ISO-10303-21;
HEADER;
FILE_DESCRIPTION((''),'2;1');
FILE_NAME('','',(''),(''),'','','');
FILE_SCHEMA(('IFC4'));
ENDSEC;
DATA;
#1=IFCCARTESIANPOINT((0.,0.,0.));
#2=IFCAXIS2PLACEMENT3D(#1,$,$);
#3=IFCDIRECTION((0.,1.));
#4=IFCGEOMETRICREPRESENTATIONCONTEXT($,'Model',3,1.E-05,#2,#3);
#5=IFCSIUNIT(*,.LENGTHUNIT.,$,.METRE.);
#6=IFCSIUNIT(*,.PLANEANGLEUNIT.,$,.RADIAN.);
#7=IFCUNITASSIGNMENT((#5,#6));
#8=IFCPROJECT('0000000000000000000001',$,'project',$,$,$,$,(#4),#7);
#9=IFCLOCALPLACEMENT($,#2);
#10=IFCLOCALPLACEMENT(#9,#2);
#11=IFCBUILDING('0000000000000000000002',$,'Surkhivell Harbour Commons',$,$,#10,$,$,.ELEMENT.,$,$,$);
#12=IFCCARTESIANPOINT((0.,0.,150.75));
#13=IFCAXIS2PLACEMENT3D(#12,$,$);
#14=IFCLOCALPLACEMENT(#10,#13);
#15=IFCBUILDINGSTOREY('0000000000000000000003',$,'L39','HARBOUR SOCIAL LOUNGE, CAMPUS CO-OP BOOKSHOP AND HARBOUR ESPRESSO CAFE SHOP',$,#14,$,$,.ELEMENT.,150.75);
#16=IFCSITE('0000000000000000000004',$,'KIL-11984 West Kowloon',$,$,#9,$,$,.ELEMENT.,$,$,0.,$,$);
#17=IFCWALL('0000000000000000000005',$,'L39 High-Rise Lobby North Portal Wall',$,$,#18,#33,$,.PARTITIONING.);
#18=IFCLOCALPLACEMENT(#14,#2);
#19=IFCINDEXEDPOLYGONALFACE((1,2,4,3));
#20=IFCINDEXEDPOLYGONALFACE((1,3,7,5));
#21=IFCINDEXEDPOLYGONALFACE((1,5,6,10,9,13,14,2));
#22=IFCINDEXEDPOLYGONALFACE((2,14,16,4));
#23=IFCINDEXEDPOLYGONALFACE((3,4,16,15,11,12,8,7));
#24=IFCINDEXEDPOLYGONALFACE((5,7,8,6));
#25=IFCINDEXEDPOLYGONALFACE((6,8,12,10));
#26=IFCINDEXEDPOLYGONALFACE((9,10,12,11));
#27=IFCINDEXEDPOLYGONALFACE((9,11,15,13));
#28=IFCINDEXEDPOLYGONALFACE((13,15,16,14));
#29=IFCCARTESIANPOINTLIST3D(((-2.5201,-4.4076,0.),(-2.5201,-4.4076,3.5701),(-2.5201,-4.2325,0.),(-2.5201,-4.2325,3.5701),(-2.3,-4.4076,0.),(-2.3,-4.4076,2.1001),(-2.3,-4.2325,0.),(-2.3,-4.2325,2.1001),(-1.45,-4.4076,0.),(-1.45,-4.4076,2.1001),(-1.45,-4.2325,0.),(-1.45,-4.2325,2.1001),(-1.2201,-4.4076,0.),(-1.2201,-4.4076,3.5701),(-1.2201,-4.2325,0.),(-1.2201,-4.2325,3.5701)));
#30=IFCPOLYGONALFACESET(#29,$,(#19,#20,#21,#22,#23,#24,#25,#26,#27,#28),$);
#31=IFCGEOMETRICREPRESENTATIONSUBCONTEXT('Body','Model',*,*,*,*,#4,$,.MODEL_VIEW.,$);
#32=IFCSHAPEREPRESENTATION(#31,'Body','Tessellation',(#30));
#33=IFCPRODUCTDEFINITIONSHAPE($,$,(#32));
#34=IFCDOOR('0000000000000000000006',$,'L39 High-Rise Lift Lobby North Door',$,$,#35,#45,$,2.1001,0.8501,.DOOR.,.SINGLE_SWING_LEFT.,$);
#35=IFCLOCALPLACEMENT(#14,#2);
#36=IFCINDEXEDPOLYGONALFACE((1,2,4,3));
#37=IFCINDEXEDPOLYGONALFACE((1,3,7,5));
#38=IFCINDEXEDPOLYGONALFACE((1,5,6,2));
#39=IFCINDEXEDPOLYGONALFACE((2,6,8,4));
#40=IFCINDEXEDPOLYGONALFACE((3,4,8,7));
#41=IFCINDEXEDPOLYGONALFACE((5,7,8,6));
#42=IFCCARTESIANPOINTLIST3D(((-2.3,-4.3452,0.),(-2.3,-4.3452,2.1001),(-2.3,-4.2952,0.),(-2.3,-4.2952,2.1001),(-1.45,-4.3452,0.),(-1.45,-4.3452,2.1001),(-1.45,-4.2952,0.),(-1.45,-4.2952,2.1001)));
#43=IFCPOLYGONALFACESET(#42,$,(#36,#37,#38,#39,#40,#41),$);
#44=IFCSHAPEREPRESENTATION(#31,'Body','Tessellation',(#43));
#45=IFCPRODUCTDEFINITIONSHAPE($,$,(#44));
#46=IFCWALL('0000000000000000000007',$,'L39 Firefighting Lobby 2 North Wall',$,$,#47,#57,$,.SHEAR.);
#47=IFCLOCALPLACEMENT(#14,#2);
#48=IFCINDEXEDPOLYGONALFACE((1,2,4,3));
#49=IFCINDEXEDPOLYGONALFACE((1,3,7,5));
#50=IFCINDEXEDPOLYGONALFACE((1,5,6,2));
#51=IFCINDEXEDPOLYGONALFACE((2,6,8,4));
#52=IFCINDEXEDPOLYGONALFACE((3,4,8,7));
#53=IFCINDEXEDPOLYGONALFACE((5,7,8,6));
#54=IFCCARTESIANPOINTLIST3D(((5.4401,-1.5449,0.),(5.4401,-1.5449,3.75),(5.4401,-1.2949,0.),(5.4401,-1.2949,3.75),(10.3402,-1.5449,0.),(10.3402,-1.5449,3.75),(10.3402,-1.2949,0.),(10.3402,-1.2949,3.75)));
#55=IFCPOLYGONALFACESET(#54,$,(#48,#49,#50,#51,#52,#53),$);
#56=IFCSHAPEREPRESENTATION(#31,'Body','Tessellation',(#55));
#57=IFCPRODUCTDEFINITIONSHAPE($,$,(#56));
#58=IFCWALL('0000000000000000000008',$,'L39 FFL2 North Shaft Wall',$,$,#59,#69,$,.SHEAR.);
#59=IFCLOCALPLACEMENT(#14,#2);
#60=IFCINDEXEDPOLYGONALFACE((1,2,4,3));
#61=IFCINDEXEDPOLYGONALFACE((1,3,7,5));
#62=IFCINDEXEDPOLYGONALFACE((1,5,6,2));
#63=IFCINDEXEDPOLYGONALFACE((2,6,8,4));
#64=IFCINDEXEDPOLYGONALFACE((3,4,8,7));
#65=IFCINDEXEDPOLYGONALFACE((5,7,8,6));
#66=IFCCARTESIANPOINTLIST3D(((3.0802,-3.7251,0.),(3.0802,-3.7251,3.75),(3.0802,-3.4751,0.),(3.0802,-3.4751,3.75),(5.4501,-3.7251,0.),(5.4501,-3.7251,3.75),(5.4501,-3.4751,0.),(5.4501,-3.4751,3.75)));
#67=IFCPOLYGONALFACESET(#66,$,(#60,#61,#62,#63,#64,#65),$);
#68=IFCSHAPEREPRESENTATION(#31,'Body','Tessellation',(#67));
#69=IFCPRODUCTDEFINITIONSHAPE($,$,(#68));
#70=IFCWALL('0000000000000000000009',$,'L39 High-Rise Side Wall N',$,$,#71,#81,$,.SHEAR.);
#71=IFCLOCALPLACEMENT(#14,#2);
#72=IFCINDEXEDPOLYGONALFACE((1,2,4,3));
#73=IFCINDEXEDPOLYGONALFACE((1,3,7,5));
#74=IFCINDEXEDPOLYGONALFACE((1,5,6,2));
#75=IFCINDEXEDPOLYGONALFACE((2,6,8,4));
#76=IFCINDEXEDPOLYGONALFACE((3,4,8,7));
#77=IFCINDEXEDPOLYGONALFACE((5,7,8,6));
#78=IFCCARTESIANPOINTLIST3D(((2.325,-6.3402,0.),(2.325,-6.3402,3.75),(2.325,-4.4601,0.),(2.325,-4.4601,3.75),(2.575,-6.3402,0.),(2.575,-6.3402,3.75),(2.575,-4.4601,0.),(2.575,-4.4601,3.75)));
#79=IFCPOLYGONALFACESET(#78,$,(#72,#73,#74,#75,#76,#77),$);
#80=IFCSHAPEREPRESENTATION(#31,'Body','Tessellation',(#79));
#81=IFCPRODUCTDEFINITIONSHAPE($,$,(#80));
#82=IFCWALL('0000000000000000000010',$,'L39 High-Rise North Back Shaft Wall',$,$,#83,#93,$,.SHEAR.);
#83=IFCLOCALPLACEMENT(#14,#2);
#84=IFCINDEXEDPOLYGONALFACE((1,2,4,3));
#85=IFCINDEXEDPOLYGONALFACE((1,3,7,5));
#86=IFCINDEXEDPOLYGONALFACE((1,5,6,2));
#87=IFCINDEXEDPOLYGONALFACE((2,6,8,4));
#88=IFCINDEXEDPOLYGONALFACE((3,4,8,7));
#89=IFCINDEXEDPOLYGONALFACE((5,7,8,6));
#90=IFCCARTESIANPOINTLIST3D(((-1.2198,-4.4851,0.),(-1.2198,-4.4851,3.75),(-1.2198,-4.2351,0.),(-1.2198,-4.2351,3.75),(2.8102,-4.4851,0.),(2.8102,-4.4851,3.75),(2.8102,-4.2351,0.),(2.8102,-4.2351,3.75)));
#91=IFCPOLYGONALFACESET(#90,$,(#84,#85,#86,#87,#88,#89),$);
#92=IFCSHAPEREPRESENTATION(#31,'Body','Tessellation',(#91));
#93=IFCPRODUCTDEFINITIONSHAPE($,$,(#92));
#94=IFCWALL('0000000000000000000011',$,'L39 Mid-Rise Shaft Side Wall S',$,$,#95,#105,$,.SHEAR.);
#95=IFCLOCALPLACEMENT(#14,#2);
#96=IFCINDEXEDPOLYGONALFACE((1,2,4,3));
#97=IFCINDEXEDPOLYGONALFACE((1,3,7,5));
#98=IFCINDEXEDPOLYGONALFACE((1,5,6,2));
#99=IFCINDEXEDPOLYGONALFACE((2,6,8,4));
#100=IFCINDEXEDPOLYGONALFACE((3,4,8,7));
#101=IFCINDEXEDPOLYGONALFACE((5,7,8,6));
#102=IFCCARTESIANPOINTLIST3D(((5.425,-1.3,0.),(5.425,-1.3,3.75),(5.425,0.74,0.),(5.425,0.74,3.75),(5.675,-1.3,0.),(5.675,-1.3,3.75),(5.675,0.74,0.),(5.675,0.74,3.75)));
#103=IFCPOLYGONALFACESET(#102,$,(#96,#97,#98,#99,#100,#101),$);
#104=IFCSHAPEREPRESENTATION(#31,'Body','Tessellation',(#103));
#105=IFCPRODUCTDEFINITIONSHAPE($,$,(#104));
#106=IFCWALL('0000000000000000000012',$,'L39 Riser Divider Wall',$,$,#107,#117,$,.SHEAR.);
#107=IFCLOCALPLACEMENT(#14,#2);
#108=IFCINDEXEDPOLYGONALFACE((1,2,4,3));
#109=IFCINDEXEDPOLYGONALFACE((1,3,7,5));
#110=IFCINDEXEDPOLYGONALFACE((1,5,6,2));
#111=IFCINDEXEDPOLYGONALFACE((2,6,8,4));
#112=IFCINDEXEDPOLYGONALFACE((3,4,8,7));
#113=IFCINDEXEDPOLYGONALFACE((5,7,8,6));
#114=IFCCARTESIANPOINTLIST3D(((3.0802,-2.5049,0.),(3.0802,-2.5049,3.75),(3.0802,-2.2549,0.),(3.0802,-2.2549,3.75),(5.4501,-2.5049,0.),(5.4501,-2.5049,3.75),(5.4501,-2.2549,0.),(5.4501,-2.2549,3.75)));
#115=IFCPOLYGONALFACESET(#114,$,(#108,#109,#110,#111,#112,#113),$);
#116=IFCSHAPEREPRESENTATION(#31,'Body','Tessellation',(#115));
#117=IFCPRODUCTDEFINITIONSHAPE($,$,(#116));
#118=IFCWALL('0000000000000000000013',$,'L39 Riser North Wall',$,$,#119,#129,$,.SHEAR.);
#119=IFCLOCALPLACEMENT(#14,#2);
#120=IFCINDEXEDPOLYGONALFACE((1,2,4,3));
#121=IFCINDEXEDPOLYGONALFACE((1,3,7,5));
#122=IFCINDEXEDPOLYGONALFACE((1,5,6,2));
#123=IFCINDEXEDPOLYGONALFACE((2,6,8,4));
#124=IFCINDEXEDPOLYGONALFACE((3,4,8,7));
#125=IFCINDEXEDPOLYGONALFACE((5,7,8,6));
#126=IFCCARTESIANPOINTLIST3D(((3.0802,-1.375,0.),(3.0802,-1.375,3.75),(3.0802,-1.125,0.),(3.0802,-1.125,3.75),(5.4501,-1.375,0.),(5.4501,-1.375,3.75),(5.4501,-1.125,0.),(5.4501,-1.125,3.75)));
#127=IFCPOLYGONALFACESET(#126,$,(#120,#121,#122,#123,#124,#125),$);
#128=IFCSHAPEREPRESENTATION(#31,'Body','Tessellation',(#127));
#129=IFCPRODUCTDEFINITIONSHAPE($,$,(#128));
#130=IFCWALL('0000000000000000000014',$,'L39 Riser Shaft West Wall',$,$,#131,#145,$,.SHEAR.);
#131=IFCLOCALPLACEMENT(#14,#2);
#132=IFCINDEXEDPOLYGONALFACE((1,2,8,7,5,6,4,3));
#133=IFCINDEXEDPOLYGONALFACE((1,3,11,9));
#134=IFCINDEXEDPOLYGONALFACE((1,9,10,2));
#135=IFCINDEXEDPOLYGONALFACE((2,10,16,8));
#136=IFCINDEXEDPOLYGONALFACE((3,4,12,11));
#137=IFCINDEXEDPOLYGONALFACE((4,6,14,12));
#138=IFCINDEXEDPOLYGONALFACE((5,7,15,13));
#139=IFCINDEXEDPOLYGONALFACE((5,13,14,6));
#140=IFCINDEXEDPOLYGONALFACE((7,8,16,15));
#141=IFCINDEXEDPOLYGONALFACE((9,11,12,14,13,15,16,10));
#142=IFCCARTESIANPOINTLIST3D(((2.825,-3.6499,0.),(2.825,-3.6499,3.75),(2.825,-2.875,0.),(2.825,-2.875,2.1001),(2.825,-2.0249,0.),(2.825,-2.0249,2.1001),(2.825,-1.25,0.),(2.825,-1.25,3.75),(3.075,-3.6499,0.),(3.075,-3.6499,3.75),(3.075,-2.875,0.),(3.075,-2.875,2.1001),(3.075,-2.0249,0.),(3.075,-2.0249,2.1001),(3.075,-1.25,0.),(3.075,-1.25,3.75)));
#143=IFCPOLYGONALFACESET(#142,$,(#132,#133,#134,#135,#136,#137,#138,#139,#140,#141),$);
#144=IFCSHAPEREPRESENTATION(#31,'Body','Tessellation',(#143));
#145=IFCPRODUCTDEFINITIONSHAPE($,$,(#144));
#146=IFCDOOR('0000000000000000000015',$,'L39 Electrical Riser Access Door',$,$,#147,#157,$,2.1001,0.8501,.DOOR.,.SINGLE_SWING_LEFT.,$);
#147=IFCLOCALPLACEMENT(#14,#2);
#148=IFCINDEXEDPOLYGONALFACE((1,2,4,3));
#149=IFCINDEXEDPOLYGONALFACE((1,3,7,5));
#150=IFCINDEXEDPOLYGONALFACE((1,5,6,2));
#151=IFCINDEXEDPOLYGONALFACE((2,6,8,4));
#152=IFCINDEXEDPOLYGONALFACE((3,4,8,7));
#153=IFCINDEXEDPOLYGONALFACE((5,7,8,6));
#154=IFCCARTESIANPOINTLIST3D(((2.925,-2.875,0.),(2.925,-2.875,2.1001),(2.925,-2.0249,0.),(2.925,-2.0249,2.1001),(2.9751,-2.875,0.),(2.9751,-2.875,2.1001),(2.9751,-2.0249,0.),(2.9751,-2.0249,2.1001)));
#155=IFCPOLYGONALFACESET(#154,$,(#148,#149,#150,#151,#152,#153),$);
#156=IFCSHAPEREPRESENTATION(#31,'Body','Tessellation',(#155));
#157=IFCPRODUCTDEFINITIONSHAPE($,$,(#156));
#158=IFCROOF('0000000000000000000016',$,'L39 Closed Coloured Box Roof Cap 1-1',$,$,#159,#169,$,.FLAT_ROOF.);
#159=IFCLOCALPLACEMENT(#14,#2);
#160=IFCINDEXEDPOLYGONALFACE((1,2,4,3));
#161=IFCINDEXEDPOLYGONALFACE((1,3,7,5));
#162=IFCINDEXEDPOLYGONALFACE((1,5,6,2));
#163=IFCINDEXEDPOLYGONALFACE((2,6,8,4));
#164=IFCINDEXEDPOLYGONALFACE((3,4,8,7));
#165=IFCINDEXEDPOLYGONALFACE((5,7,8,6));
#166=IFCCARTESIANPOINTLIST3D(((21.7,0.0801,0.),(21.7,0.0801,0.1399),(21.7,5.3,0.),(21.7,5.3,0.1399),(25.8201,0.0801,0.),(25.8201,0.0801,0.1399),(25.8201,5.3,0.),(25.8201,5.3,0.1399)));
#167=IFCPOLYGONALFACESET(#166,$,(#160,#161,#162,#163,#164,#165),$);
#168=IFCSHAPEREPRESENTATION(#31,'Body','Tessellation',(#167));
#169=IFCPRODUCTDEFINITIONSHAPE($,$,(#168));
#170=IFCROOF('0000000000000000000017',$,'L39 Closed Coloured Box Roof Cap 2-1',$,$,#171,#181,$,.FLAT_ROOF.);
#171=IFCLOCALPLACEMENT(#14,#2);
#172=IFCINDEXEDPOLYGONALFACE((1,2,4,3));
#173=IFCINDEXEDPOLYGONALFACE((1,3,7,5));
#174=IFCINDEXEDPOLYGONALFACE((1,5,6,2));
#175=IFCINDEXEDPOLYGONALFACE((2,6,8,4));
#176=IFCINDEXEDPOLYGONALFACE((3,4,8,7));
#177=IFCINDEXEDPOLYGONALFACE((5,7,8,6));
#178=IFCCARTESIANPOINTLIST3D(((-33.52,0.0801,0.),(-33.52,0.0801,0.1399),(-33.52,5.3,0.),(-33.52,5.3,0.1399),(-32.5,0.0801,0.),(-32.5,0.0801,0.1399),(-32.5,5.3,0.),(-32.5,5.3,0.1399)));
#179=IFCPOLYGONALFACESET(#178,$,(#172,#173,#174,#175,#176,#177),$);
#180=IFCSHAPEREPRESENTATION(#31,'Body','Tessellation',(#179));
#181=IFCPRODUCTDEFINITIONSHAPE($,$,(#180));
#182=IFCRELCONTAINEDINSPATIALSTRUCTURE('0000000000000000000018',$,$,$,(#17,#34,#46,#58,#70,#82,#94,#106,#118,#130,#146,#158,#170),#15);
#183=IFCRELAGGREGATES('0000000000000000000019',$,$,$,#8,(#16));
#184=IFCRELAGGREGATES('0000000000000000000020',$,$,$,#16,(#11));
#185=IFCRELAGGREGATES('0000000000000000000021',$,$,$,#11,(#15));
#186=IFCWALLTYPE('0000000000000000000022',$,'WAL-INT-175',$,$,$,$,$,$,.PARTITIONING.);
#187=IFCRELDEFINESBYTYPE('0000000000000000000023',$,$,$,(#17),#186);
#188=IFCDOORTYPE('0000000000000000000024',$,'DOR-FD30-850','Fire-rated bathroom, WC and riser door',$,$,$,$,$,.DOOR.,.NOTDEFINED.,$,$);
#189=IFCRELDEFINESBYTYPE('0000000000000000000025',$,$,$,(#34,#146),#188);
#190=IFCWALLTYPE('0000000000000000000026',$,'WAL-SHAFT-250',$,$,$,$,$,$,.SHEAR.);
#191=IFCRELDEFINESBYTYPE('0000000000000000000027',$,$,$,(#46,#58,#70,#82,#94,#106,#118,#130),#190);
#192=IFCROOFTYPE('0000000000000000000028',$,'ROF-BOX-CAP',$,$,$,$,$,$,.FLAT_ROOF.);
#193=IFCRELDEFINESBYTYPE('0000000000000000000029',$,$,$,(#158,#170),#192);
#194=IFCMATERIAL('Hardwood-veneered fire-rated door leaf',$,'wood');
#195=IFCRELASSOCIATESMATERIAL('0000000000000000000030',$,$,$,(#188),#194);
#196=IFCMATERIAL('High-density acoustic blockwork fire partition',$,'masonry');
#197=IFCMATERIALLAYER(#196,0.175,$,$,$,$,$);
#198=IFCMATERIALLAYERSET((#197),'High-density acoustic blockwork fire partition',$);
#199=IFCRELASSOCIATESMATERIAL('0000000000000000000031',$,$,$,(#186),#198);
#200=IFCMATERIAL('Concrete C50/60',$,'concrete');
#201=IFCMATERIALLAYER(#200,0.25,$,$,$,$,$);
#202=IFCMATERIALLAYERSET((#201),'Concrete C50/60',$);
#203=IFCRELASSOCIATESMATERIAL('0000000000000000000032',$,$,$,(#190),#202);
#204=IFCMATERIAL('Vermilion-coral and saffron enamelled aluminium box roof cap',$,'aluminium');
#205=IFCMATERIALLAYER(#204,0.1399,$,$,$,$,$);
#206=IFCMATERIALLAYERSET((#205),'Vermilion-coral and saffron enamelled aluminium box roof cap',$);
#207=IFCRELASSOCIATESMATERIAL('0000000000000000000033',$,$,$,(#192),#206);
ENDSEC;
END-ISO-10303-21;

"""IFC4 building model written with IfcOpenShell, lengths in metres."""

from ifc_helpers import new_model, si_unit, direction, frame, frame_2d, origin, place, context, subcontext, project, spatial, polyline, rectangle, outline, extrude, material, layer, layer_set, type_object, element, fill, save


model = new_model("IFC4")

# Units and contexts
model_context = context("Model", 3, precision=1e-05, world=origin(), true_north=direction((0.0, 1.0)))
body_context = subcontext(model_context, "Body", "Model", "MODEL_VIEW")
ifc_project = project(units=[si_unit("LENGTHUNIT", "METRE"), si_unit("PLANEANGLEUNIT", "RADIAN")], contexts=[model_context])

# Site, building, storey
site_placement = place(None, origin())
site = spatial("IfcSite", under=ifc_project, at=site_placement, Name="KIL-11984 West Kowloon", CompositionType="ELEMENT", RefElevation=0.0)
building_placement = place(site_placement, origin())
building = spatial("IfcBuilding", under=site, at=building_placement, Name="Surkhivell Harbour Commons", CompositionType="ELEMENT")
storey_placement = place(building_placement, frame((0.0, 0.0, 150.75)))
storey = spatial("IfcBuildingStorey", under=building, at=storey_placement, Name="L39", Description="HARBOUR SOCIAL LOUNGE, CAMPUS CO-OP BOOKSHOP AND HARBOUR ESPRESSO CAFE SHOP", CompositionType="ELEMENT", Elevation=150.75)

# Wall, opening, door
ifc_material_1 = material(Name="Hardwood-veneered fire-rated door leaf", Category="wood")
door_type = type_object("IfcDoorType", Name="DOR-FD30-850", Description="Fire-rated bathroom, WC and riser door", OperationType="NOTDEFINED", PredefinedType="DOOR", material=ifc_material_1)
ifc_material_2 = material(Name="High-density acoustic blockwork fire partition", Category="masonry")
ifc_layer_1 = layer(ifc_material_2, 0.175)
ifc_layer_set_1 = layer_set([ifc_layer_1], Name="High-density acoustic blockwork fire partition")
wall_type_1 = type_object("IfcWallType", Name="WAL-INT-175", PredefinedType="PARTITIONING", material=ifc_layer_set_1)
wall_1_placement = place(storey_placement, frame((-2.52, -4.3201, 0.0), z_axis=(0.0, 0.0, 1.0), x_axis=(1.0, 0.0, 0.0)))
wall_1 = element("IfcWall", 1, at=wall_1_placement, inside=storey, type_object=wall_type_1, Name="L39 High-Rise Lobby North Portal Wall", PredefinedType="PARTITIONING", context=body_context, shape_type="SweptSolid", body=[
    extrude(rectangle(XDim=1.3, YDim=0.175, at=frame_2d((0.6499, 0.0))), origin(), (0.0, 0.0, 1.0), 3.5701),
])
opening_1_placement = place(wall_1_placement, frame((0.22, 0.0, 0.0)))
opening_1 = element("IfcOpeningElement", 2, at=opening_1_placement, cuts=wall_1, PredefinedType="OPENING", context=body_context, shape_type="SweptSolid", body=[
    extrude(rectangle(XDim=0.8501, YDim=2.1001, at=frame_2d((0.425, 1.05))), frame((0.0, 0.0974, 0.0), z_axis=(0.0, -1.0, 0.0), x_axis=(1.0, 0.0, 0.0)), (0.0, 0.0, 1.0), 0.1951),
])
door_1_placement = place(opening_1_placement, origin())
door_1 = element("IfcDoor", 3, at=door_1_placement, inside=storey, type_object=door_type, Name="L39 High-Rise Lift Lobby North Door", OperationType="SINGLE_SWING_LEFT", OverallHeight=2.1001, OverallWidth=0.8501, PredefinedType="DOOR", context=body_context, shape_type="SweptSolid", body=[
    extrude(rectangle(XDim=0.8501, YDim=2.1001, at=frame_2d((0.425, 1.05))), frame((0.0, 0.0249, 0.0), z_axis=(0.0, -1.0, 0.0), x_axis=(1.0, 0.0, 0.0)), (0.0, 0.0, 1.0), 0.05),
])
fill(opening_1, door_1)

# Walls
ifc_material_3 = material(Name="Concrete C50/60", Category="concrete")
ifc_layer_2 = layer(ifc_material_3, 0.25)
ifc_layer_set_2 = layer_set([ifc_layer_2], Name="Concrete C50/60")
wall_type_2 = type_object("IfcWallType", Name="WAL-SHAFT-250", PredefinedType="SHEAR", material=ifc_layer_set_2)
wall_2_placement = place(storey_placement, frame((5.4399, -1.4199, 0.0), z_axis=(0.0, 0.0, 1.0), x_axis=(1.0, 0.0, 0.0)))
element("IfcWall", 4, at=wall_2_placement, inside=storey, type_object=wall_type_2, Name="L39 Firefighting Lobby 2 North Wall", PredefinedType="SHEAR", context=body_context, shape_type="SweptSolid", body=[
    extrude(rectangle(XDim=4.9001, YDim=0.25, at=frame_2d((2.4502, 0.0))), origin(), (0.0, 0.0, 1.0), 3.75),
])
wall_3_placement = place(storey_placement, frame((3.0801, -3.6001, 0.0), z_axis=(0.0, 0.0, 1.0), x_axis=(1.0, 0.0, 0.0)))
element("IfcWall", 5, at=wall_3_placement, inside=storey, type_object=wall_type_2, Name="L39 FFL2 North Shaft Wall", PredefinedType="SHEAR", context=body_context, shape_type="SweptSolid", body=[
    extrude(rectangle(XDim=2.3699, YDim=0.25, at=frame_2d((1.1851, 0.0))), origin(), (0.0, 0.0, 1.0), 3.75),
])
wall_4_placement = place(storey_placement, frame((2.45, -6.3401, 0.0), z_axis=(0.0, 0.0, 1.0), x_axis=(0.0, 1.0, 0.0)))
element("IfcWall", 6, at=wall_4_placement, inside=storey, type_object=wall_type_2, Name="L39 High-Rise Side Wall N", PredefinedType="SHEAR", context=body_context, shape_type="SweptSolid", body=[
    extrude(rectangle(XDim=1.8801, YDim=0.25, at=frame_2d((0.9399, 0.0))), origin(), (0.0, 0.0, 1.0), 3.75),
])
wall_5_placement = place(storey_placement, frame((-1.22, -4.3601, 0.0), z_axis=(0.0, 0.0, 1.0), x_axis=(1.0, 0.0, 0.0)))
element("IfcWall", 7, at=wall_5_placement, inside=storey, type_object=wall_type_2, Name="L39 High-Rise North Back Shaft Wall", PredefinedType="SHEAR", context=body_context, shape_type="SweptSolid", body=[
    extrude(rectangle(XDim=4.03, YDim=0.25, at=frame_2d((2.0151, 0.0))), origin(), (0.0, 0.0, 1.0), 3.75),
])
wall_6_placement = place(storey_placement, frame((5.55, -1.3, 0.0), z_axis=(0.0, 0.0, 1.0), x_axis=(0.0, 1.0, 0.0)))
element("IfcWall", 8, at=wall_6_placement, inside=storey, type_object=wall_type_2, Name="L39 Mid-Rise Shaft Side Wall S", PredefinedType="SHEAR", context=body_context, shape_type="SweptSolid", body=[
    extrude(rectangle(XDim=2.04, YDim=0.25, at=frame_2d((1.02, 0.0))), origin(), (0.0, 0.0, 1.0), 3.75),
])
for number, where, z_axis, x_axis, name in (
    (9, (3.0801, -2.3799, 0.0), (0.0, 0.0, 1.0), (1.0, 0.0, 0.0), "L39 Riser Divider Wall"),
    (10, (3.0801, -1.25, 0.0), (0.0, 0.0, 1.0), (1.0, 0.0, 0.0), "L39 Riser North Wall"),
):
    element("IfcWall", number, at=place(storey_placement, frame(where, z_axis=z_axis, x_axis=x_axis)), inside=storey, type_object=wall_type_2, Name=name, PredefinedType="SHEAR", context=body_context, shape_type="SweptSolid", body=[
        extrude(rectangle(XDim=2.3699, YDim=0.25, at=frame_2d((1.1851, 0.0))), origin(), (0.0, 0.0, 1.0), 3.75),
    ])

# Wall, opening, door
wall_7_placement = place(storey_placement, frame((2.95, -3.6499, 0.0), z_axis=(0.0, 0.0, 1.0), x_axis=(0.0, 1.0, 0.0)))
wall_7 = element("IfcWall", 11, at=wall_7_placement, inside=storey, type_object=wall_type_2, Name="L39 Riser Shaft West Wall", PredefinedType="SHEAR", context=body_context, shape_type="SweptSolid", body=[
    extrude(rectangle(XDim=2.3999, YDim=0.25, at=frame_2d((1.2, 0.0))), origin(), (0.0, 0.0, 1.0), 3.75),
])
opening_2_placement = place(wall_7_placement, frame((0.7749, 0.0, 0.0)))
opening_2 = element("IfcOpeningElement", 12, at=opening_2_placement, cuts=wall_7, PredefinedType="OPENING", context=body_context, shape_type="SweptSolid", body=[
    extrude(rectangle(XDim=0.8501, YDim=2.1001, at=frame_2d((0.425, 1.05))), frame((0.0, 0.135, 0.0), z_axis=(0.0, -1.0, 0.0), x_axis=(1.0, 0.0, 0.0)), (0.0, 0.0, 1.0), 0.27),
])
door_2_placement = place(opening_2_placement, origin())
door_2 = element("IfcDoor", 13, at=door_2_placement, inside=storey, type_object=door_type, Name="L39 Electrical Riser Access Door", OperationType="SINGLE_SWING_LEFT", OverallHeight=2.1001, OverallWidth=0.8501, PredefinedType="DOOR", context=body_context, shape_type="SweptSolid", body=[
    extrude(rectangle(XDim=0.8501, YDim=2.1001, at=frame_2d((0.425, 1.05))), frame((0.0, 0.0249, 0.0), z_axis=(0.0, -1.0, 0.0), x_axis=(1.0, 0.0, 0.0)), (0.0, 0.0, 1.0), 0.05),
])
fill(opening_2, door_2)

# Roofs
ifc_material_4 = material(Name="Vermilion-coral and saffron enamelled aluminium box roof cap", Category="aluminium")
ifc_layer_3 = layer(ifc_material_4, 0.1399)
ifc_layer_set_3 = layer_set([ifc_layer_3], Name="Vermilion-coral and saffron enamelled aluminium box roof cap")
roof_type = type_object("IfcRoofType", Name="ROF-BOX-CAP", PredefinedType="FLAT_ROOF", material=ifc_layer_set_3)
roof_1_placement = place(storey_placement, origin())
element("IfcRoof", 14, at=roof_1_placement, inside=storey, type_object=roof_type, Name="L39 Closed Coloured Box Roof Cap 1-1", PredefinedType="FLAT_ROOF", context=body_context, shape_type="SweptSolid", body=[
    extrude(outline(polyline([(21.7, 5.3), (21.7, 0.0801), (25.8201, 0.0801), (25.8201, 5.3), (21.7, 5.3)])), origin(), (0.0, 0.0, 1.0), 0.1399),
])
roof_2_placement = place(storey_placement, origin())
element("IfcRoof", 15, at=roof_2_placement, inside=storey, type_object=roof_type, Name="L39 Closed Coloured Box Roof Cap 2-1", PredefinedType="FLAT_ROOF", context=body_context, shape_type="SweptSolid", body=[
    extrude(outline(polyline([(-32.5, 0.0801), (-32.5, 5.3), (-33.52, 5.3), (-33.52, 0.0801), (-32.5, 0.0801)])), origin(), (0.0, 0.0, 1.0), 0.1399),
])

save(model, "model.ifc")
